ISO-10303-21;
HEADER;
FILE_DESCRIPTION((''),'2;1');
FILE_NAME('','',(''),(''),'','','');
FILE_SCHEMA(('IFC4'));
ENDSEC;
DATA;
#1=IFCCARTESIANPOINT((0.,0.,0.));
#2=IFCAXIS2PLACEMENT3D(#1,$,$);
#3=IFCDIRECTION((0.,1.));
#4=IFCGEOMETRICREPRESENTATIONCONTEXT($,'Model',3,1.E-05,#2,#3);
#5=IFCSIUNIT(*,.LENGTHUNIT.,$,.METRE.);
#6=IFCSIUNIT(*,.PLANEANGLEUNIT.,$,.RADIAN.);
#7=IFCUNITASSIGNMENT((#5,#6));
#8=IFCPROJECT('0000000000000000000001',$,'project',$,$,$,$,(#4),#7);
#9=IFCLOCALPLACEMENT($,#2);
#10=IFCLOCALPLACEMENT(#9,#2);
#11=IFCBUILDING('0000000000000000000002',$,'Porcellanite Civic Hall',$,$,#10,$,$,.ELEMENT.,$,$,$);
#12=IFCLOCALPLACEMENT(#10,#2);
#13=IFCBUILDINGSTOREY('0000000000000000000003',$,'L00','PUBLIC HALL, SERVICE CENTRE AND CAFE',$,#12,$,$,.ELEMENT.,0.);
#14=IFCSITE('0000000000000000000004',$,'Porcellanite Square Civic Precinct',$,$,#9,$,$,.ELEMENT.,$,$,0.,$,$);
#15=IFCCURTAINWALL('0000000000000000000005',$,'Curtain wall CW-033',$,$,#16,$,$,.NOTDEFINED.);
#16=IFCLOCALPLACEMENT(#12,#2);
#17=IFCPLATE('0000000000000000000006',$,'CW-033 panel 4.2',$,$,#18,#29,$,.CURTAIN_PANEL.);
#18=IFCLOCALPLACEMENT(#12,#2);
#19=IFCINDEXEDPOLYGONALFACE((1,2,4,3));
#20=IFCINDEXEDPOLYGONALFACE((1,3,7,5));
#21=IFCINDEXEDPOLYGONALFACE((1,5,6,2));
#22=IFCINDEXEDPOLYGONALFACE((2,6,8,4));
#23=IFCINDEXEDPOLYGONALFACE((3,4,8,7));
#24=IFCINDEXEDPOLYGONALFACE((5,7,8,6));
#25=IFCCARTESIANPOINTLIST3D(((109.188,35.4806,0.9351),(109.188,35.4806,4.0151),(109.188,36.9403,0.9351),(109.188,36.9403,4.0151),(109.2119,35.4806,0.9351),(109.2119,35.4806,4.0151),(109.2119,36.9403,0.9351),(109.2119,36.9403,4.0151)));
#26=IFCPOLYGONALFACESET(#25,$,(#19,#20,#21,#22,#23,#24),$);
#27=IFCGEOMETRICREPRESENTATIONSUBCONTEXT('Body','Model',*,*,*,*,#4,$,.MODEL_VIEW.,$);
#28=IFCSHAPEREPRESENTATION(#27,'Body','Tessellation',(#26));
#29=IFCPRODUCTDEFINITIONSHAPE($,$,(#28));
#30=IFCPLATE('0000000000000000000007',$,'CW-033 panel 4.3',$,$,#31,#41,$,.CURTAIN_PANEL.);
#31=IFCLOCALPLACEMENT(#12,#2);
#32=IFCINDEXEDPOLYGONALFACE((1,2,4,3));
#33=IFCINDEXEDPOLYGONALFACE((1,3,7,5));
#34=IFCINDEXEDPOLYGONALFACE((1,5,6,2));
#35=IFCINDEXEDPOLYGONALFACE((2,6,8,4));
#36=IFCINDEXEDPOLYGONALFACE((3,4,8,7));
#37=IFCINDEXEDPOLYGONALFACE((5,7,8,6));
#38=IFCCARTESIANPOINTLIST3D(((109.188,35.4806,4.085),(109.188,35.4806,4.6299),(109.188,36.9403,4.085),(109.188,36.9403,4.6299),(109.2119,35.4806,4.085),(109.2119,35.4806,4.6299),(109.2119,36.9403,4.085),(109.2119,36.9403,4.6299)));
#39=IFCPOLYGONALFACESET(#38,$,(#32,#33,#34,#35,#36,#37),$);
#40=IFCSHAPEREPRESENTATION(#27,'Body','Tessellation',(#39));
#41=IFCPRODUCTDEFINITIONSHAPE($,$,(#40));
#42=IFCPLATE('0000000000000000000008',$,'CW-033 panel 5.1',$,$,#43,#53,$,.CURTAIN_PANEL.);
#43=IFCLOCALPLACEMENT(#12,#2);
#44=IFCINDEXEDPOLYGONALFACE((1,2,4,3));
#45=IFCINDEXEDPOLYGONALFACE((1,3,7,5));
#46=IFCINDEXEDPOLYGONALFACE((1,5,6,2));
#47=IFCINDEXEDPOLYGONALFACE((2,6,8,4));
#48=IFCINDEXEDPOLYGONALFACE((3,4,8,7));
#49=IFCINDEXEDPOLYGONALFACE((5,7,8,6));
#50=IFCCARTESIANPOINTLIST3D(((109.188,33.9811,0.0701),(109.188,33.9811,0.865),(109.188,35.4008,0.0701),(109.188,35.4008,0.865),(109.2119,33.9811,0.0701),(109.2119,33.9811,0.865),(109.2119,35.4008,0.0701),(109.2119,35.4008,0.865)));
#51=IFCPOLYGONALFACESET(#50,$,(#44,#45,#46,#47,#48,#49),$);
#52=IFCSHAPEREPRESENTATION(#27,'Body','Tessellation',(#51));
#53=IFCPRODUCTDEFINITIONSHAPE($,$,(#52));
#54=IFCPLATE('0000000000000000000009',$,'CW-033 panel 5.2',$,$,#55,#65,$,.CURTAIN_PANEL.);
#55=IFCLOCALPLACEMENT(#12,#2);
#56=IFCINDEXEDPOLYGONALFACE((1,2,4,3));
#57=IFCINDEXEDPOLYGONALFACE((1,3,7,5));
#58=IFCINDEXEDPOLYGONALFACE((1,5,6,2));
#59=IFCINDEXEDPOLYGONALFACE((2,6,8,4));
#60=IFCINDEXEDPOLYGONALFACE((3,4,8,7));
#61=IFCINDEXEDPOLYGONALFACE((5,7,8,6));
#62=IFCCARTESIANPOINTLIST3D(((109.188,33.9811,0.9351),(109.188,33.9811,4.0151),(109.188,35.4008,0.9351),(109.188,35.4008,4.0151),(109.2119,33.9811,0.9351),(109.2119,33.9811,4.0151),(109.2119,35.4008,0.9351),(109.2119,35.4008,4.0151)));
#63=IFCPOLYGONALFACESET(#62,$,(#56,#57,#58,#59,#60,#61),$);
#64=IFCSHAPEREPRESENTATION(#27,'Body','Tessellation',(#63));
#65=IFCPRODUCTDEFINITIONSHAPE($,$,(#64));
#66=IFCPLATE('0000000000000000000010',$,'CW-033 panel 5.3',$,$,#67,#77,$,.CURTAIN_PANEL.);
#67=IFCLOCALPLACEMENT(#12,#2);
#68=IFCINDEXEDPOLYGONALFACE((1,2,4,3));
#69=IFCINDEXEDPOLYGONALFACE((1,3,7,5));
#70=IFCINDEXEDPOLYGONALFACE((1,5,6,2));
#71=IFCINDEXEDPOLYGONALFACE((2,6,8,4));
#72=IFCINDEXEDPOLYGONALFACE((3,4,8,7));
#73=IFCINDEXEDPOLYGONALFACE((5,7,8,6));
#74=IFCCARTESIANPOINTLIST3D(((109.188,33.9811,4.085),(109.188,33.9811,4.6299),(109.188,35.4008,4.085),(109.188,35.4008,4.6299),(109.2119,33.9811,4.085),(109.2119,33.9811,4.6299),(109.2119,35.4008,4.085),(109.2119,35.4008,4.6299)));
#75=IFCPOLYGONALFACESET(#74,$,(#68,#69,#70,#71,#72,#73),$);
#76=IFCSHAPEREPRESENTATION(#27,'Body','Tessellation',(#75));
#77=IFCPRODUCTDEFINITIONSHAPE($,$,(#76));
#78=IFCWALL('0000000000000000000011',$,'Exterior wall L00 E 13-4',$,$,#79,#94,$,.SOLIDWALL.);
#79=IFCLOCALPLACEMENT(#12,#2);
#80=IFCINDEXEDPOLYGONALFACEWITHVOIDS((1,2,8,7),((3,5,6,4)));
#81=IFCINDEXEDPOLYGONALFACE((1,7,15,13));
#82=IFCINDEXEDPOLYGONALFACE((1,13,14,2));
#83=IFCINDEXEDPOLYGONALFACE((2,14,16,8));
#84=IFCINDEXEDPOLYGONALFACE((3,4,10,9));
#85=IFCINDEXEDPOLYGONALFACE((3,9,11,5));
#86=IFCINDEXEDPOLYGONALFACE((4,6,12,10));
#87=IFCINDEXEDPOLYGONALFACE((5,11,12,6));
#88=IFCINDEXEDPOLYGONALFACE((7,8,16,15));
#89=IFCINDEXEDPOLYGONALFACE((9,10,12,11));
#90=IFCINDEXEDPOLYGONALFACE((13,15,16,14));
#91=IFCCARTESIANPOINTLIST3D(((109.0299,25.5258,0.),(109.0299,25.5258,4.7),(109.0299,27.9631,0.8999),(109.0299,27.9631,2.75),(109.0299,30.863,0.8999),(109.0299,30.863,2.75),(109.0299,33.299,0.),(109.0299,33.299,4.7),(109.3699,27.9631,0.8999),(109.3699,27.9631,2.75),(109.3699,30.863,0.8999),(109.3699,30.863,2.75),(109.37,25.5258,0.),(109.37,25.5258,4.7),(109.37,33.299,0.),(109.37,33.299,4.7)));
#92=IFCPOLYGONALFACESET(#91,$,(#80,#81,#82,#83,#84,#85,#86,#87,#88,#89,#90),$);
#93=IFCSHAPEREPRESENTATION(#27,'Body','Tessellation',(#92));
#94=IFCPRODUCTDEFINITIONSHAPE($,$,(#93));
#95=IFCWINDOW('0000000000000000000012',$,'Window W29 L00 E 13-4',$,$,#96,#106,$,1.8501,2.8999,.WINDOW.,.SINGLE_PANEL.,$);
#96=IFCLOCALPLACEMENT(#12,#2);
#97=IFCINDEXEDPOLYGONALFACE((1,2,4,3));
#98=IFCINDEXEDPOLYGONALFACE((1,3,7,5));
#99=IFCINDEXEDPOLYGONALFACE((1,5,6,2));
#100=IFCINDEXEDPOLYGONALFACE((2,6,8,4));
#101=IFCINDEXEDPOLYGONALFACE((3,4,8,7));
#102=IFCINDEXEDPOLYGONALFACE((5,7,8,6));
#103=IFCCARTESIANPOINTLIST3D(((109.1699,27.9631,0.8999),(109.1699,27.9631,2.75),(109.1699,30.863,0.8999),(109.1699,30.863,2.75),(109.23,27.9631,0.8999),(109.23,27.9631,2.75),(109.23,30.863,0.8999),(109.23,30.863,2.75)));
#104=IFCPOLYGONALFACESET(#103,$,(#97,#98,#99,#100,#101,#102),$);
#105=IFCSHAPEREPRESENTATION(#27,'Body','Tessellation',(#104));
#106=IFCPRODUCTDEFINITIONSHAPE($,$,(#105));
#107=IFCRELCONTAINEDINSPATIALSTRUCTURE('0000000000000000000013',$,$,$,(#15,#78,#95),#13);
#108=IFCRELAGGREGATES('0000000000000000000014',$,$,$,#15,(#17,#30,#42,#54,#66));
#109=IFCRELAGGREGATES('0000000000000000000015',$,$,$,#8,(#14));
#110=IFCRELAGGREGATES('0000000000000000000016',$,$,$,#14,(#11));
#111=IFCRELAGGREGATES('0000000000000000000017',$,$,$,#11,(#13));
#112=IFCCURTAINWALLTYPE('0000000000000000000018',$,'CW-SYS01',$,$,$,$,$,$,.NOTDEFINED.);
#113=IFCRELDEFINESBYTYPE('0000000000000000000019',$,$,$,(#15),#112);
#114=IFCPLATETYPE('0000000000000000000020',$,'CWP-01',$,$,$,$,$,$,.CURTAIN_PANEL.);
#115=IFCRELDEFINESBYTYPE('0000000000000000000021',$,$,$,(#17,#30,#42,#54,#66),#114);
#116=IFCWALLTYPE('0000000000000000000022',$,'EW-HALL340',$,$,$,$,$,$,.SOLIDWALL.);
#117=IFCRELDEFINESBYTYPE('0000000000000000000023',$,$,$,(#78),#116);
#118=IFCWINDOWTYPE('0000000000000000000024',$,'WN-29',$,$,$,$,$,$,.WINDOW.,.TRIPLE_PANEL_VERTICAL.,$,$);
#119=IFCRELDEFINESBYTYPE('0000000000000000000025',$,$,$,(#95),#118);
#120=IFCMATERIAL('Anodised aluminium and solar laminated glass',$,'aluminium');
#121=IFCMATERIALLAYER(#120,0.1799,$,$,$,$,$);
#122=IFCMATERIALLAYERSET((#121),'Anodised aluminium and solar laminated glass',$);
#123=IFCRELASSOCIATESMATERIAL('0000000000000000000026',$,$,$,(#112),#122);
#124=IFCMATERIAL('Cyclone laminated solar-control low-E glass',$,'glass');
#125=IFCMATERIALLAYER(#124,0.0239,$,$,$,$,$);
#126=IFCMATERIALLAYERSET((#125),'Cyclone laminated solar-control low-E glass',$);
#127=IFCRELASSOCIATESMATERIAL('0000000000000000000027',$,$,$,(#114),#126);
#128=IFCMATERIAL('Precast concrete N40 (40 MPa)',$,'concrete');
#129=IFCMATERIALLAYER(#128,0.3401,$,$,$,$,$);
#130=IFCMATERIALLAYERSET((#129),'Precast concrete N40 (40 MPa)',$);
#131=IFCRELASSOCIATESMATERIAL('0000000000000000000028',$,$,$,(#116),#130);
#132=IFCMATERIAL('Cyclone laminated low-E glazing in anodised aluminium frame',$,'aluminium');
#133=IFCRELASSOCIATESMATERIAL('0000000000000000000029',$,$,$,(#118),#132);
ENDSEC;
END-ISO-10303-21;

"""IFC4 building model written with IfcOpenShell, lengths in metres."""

from ifc_helpers import new_model, si_unit, direction, frame, frame_2d, origin, origin_2d, place, context, subcontext, project, spatial, rectangle, extrude, material, layer, layer_set, type_object, element, fill, aggregate, save


model = new_model("IFC4")

# Units and contexts
model_context = context("Model", 3, precision=1e-05, world=origin(), true_north=direction((0.0, 1.0)))
body_context = subcontext(model_context, "Body", "Model", "MODEL_VIEW")
ifc_project = project(units=[si_unit("LENGTHUNIT", "METRE"), si_unit("PLANEANGLEUNIT", "RADIAN")], contexts=[model_context])

# Site, building, storey
site_placement = place(None, origin())
site = spatial("IfcSite", under=ifc_project, at=site_placement, Name="Porcellanite Square Civic Precinct", CompositionType="ELEMENT", RefElevation=0.0)
building_placement = place(site_placement, origin())
building = spatial("IfcBuilding", under=site, at=building_placement, Name="Porcellanite Civic Hall", CompositionType="ELEMENT")
storey_placement = place(building_placement, origin())
storey = spatial("IfcBuildingStorey", under=building, at=storey_placement, Name="L00", Description="PUBLIC HALL, SERVICE CENTRE AND CAFE", CompositionType="ELEMENT", Elevation=0.0)

# Curtain wall
ifc_material_1 = material(Name="Anodised aluminium and solar laminated glass", Category="aluminium")
ifc_layer_1 = layer(ifc_material_1, 0.1799)
ifc_layer_set_1 = layer_set([ifc_layer_1], Name="Anodised aluminium and solar laminated glass")
curtain_wall_type = type_object("IfcCurtainWallType", Name="CW-SYS01", PredefinedType="NOTDEFINED", material=ifc_layer_set_1)
curtain_wall_placement = place(storey_placement, origin())
curtain_wall = element("IfcCurtainWall", 1, at=curtain_wall_placement, inside=storey, type_object=curtain_wall_type, Name="Curtain wall CW-033", PredefinedType="NOTDEFINED")

# Plates
ifc_material_2 = material(Name="Cyclone laminated solar-control low-E glass", Category="glass")
ifc_layer_2 = layer(ifc_material_2, 0.0239)
ifc_layer_set_2 = layer_set([ifc_layer_2], Name="Cyclone laminated solar-control low-E glass")
plate_type = type_object("IfcPlateType", Name="CWP-01", PredefinedType="CURTAIN_PANEL", material=ifc_layer_set_2)
plate_1_placement = place(storey_placement, frame((109.2, 36.2104, 0.9351), z_axis=(0.0, 0.0, 1.0), x_axis=(0.0, -1.0, 0.0)))
plate_1 = element("IfcPlate", 2, at=plate_1_placement, type_object=plate_type, Name="CW-033 panel 4.2", PredefinedType="CURTAIN_PANEL", context=body_context, shape_type="SweptSolid", body=[
    extrude(rectangle(XDim=1.4597, YDim=0.0239, at=origin_2d()), origin(), (0.0, 0.0, 1.0), 3.0801),
])
plate_2_placement = place(storey_placement, frame((109.2, 36.2104, 4.085), z_axis=(0.0, 0.0, 1.0), x_axis=(0.0, -1.0, 0.0)))
plate_2 = element("IfcPlate", 3, at=plate_2_placement, type_object=plate_type, Name="CW-033 panel 4.3", PredefinedType="CURTAIN_PANEL", context=body_context, shape_type="SweptSolid", body=[
    extrude(rectangle(XDim=1.4597, YDim=0.0239, at=origin_2d()), origin(), (0.0, 0.0, 1.0), 0.5449),
])
plate_3_placement = place(storey_placement, frame((109.2, 34.6909, 0.0701), z_axis=(0.0, 0.0, 1.0), x_axis=(0.0, -1.0, 0.0)))
plate_3 = element("IfcPlate", 4, at=plate_3_placement, type_object=plate_type, Name="CW-033 panel 5.1", PredefinedType="CURTAIN_PANEL", context=body_context, shape_type="SweptSolid", body=[
    extrude(rectangle(XDim=1.4197, YDim=0.0239, at=origin_2d()), origin(), (0.0, 0.0, 1.0), 0.7949),
])
plate_4_placement = place(storey_placement, frame((109.2, 34.6909, 0.9351), z_axis=(0.0, 0.0, 1.0), x_axis=(0.0, -1.0, 0.0)))
plate_4 = element("IfcPlate", 5, at=plate_4_placement, type_object=plate_type, Name="CW-033 panel 5.2", PredefinedType="CURTAIN_PANEL", context=body_context, shape_type="SweptSolid", body=[
    extrude(rectangle(XDim=1.4197, YDim=0.0239, at=origin_2d()), origin(), (0.0, 0.0, 1.0), 3.0801),
])
plate_5_placement = place(storey_placement, frame((109.2, 34.6909, 4.085), z_axis=(0.0, 0.0, 1.0), x_axis=(0.0, -1.0, 0.0)))
plate_5 = element("IfcPlate", 6, at=plate_5_placement, type_object=plate_type, Name="CW-033 panel 5.3", PredefinedType="CURTAIN_PANEL", context=body_context, shape_type="SweptSolid", body=[
    extrude(rectangle(XDim=1.4197, YDim=0.0239, at=origin_2d()), origin(), (0.0, 0.0, 1.0), 0.5449),
])
aggregate(curtain_wall, [plate_1, plate_2, plate_3, plate_4, plate_5])

# Wall, opening, window
ifc_material_3 = material(Name="Precast concrete N40 (40 MPa)", Category="concrete")
ifc_layer_3 = layer(ifc_material_3, 0.3401)
ifc_layer_set_3 = layer_set([ifc_layer_3], Name="Precast concrete N40 (40 MPa)")
wall_type = type_object("IfcWallType", Name="EW-HALL340", PredefinedType="SOLIDWALL", material=ifc_layer_set_3)
wall_placement = place(storey_placement, frame((109.2, 33.2991, 0.0), z_axis=(0.0, 0.0, 1.0), x_axis=(0.0, -1.0, 0.0)))
wall = element("IfcWall", 7, at=wall_placement, inside=storey, type_object=wall_type, Name="Exterior wall L00 E 13-4", PredefinedType="SOLIDWALL", context=body_context, shape_type="SweptSolid", body=[
    extrude(rectangle(XDim=7.7732, YDim=0.3401, at=frame_2d((3.8867, 0.0))), origin(), (0.0, 0.0, 1.0), 4.7),
])
opening_placement = place(wall_placement, frame((2.436, 0.0, 0.8999)))
opening = element("IfcOpeningElement", 8, at=opening_placement, cuts=wall, PredefinedType="OPENING", context=body_context, shape_type="SweptSolid", body=[
    extrude(rectangle(XDim=2.8999, YDim=1.8501, at=frame_2d((1.45, 0.925))), frame((0.0, 0.1699, 0.0), z_axis=(0.0, -1.0, 0.0), x_axis=(1.0, 0.0, 0.0)), (0.0, 0.0, 1.0), 0.3401),
])
ifc_material_4 = material(Name="Cyclone laminated low-E glazing in anodised aluminium frame", Category="aluminium")
window_type = type_object("IfcWindowType", Name="WN-29", PartitioningType="TRIPLE_PANEL_VERTICAL", PredefinedType="WINDOW", material=ifc_material_4)
window_placement = place(opening_placement, origin())
window = element("IfcWindow", 9, at=window_placement, inside=storey, type_object=window_type, Name="Window W29 L00 E 13-4", OverallHeight=1.8501, OverallWidth=2.8999, PartitioningType="SINGLE_PANEL", PredefinedType="WINDOW", context=body_context, shape_type="SweptSolid", body=[
    extrude(rectangle(XDim=2.8999, YDim=1.8501, at=frame_2d((1.45, 0.925))), frame((0.0, 0.03, 0.0), z_axis=(0.0, -1.0, 0.0), x_axis=(1.0, 0.0, 0.0)), (0.0, 0.0, 1.0), 0.0601),
])
fill(opening, window)

save(model, "model.ifc")
